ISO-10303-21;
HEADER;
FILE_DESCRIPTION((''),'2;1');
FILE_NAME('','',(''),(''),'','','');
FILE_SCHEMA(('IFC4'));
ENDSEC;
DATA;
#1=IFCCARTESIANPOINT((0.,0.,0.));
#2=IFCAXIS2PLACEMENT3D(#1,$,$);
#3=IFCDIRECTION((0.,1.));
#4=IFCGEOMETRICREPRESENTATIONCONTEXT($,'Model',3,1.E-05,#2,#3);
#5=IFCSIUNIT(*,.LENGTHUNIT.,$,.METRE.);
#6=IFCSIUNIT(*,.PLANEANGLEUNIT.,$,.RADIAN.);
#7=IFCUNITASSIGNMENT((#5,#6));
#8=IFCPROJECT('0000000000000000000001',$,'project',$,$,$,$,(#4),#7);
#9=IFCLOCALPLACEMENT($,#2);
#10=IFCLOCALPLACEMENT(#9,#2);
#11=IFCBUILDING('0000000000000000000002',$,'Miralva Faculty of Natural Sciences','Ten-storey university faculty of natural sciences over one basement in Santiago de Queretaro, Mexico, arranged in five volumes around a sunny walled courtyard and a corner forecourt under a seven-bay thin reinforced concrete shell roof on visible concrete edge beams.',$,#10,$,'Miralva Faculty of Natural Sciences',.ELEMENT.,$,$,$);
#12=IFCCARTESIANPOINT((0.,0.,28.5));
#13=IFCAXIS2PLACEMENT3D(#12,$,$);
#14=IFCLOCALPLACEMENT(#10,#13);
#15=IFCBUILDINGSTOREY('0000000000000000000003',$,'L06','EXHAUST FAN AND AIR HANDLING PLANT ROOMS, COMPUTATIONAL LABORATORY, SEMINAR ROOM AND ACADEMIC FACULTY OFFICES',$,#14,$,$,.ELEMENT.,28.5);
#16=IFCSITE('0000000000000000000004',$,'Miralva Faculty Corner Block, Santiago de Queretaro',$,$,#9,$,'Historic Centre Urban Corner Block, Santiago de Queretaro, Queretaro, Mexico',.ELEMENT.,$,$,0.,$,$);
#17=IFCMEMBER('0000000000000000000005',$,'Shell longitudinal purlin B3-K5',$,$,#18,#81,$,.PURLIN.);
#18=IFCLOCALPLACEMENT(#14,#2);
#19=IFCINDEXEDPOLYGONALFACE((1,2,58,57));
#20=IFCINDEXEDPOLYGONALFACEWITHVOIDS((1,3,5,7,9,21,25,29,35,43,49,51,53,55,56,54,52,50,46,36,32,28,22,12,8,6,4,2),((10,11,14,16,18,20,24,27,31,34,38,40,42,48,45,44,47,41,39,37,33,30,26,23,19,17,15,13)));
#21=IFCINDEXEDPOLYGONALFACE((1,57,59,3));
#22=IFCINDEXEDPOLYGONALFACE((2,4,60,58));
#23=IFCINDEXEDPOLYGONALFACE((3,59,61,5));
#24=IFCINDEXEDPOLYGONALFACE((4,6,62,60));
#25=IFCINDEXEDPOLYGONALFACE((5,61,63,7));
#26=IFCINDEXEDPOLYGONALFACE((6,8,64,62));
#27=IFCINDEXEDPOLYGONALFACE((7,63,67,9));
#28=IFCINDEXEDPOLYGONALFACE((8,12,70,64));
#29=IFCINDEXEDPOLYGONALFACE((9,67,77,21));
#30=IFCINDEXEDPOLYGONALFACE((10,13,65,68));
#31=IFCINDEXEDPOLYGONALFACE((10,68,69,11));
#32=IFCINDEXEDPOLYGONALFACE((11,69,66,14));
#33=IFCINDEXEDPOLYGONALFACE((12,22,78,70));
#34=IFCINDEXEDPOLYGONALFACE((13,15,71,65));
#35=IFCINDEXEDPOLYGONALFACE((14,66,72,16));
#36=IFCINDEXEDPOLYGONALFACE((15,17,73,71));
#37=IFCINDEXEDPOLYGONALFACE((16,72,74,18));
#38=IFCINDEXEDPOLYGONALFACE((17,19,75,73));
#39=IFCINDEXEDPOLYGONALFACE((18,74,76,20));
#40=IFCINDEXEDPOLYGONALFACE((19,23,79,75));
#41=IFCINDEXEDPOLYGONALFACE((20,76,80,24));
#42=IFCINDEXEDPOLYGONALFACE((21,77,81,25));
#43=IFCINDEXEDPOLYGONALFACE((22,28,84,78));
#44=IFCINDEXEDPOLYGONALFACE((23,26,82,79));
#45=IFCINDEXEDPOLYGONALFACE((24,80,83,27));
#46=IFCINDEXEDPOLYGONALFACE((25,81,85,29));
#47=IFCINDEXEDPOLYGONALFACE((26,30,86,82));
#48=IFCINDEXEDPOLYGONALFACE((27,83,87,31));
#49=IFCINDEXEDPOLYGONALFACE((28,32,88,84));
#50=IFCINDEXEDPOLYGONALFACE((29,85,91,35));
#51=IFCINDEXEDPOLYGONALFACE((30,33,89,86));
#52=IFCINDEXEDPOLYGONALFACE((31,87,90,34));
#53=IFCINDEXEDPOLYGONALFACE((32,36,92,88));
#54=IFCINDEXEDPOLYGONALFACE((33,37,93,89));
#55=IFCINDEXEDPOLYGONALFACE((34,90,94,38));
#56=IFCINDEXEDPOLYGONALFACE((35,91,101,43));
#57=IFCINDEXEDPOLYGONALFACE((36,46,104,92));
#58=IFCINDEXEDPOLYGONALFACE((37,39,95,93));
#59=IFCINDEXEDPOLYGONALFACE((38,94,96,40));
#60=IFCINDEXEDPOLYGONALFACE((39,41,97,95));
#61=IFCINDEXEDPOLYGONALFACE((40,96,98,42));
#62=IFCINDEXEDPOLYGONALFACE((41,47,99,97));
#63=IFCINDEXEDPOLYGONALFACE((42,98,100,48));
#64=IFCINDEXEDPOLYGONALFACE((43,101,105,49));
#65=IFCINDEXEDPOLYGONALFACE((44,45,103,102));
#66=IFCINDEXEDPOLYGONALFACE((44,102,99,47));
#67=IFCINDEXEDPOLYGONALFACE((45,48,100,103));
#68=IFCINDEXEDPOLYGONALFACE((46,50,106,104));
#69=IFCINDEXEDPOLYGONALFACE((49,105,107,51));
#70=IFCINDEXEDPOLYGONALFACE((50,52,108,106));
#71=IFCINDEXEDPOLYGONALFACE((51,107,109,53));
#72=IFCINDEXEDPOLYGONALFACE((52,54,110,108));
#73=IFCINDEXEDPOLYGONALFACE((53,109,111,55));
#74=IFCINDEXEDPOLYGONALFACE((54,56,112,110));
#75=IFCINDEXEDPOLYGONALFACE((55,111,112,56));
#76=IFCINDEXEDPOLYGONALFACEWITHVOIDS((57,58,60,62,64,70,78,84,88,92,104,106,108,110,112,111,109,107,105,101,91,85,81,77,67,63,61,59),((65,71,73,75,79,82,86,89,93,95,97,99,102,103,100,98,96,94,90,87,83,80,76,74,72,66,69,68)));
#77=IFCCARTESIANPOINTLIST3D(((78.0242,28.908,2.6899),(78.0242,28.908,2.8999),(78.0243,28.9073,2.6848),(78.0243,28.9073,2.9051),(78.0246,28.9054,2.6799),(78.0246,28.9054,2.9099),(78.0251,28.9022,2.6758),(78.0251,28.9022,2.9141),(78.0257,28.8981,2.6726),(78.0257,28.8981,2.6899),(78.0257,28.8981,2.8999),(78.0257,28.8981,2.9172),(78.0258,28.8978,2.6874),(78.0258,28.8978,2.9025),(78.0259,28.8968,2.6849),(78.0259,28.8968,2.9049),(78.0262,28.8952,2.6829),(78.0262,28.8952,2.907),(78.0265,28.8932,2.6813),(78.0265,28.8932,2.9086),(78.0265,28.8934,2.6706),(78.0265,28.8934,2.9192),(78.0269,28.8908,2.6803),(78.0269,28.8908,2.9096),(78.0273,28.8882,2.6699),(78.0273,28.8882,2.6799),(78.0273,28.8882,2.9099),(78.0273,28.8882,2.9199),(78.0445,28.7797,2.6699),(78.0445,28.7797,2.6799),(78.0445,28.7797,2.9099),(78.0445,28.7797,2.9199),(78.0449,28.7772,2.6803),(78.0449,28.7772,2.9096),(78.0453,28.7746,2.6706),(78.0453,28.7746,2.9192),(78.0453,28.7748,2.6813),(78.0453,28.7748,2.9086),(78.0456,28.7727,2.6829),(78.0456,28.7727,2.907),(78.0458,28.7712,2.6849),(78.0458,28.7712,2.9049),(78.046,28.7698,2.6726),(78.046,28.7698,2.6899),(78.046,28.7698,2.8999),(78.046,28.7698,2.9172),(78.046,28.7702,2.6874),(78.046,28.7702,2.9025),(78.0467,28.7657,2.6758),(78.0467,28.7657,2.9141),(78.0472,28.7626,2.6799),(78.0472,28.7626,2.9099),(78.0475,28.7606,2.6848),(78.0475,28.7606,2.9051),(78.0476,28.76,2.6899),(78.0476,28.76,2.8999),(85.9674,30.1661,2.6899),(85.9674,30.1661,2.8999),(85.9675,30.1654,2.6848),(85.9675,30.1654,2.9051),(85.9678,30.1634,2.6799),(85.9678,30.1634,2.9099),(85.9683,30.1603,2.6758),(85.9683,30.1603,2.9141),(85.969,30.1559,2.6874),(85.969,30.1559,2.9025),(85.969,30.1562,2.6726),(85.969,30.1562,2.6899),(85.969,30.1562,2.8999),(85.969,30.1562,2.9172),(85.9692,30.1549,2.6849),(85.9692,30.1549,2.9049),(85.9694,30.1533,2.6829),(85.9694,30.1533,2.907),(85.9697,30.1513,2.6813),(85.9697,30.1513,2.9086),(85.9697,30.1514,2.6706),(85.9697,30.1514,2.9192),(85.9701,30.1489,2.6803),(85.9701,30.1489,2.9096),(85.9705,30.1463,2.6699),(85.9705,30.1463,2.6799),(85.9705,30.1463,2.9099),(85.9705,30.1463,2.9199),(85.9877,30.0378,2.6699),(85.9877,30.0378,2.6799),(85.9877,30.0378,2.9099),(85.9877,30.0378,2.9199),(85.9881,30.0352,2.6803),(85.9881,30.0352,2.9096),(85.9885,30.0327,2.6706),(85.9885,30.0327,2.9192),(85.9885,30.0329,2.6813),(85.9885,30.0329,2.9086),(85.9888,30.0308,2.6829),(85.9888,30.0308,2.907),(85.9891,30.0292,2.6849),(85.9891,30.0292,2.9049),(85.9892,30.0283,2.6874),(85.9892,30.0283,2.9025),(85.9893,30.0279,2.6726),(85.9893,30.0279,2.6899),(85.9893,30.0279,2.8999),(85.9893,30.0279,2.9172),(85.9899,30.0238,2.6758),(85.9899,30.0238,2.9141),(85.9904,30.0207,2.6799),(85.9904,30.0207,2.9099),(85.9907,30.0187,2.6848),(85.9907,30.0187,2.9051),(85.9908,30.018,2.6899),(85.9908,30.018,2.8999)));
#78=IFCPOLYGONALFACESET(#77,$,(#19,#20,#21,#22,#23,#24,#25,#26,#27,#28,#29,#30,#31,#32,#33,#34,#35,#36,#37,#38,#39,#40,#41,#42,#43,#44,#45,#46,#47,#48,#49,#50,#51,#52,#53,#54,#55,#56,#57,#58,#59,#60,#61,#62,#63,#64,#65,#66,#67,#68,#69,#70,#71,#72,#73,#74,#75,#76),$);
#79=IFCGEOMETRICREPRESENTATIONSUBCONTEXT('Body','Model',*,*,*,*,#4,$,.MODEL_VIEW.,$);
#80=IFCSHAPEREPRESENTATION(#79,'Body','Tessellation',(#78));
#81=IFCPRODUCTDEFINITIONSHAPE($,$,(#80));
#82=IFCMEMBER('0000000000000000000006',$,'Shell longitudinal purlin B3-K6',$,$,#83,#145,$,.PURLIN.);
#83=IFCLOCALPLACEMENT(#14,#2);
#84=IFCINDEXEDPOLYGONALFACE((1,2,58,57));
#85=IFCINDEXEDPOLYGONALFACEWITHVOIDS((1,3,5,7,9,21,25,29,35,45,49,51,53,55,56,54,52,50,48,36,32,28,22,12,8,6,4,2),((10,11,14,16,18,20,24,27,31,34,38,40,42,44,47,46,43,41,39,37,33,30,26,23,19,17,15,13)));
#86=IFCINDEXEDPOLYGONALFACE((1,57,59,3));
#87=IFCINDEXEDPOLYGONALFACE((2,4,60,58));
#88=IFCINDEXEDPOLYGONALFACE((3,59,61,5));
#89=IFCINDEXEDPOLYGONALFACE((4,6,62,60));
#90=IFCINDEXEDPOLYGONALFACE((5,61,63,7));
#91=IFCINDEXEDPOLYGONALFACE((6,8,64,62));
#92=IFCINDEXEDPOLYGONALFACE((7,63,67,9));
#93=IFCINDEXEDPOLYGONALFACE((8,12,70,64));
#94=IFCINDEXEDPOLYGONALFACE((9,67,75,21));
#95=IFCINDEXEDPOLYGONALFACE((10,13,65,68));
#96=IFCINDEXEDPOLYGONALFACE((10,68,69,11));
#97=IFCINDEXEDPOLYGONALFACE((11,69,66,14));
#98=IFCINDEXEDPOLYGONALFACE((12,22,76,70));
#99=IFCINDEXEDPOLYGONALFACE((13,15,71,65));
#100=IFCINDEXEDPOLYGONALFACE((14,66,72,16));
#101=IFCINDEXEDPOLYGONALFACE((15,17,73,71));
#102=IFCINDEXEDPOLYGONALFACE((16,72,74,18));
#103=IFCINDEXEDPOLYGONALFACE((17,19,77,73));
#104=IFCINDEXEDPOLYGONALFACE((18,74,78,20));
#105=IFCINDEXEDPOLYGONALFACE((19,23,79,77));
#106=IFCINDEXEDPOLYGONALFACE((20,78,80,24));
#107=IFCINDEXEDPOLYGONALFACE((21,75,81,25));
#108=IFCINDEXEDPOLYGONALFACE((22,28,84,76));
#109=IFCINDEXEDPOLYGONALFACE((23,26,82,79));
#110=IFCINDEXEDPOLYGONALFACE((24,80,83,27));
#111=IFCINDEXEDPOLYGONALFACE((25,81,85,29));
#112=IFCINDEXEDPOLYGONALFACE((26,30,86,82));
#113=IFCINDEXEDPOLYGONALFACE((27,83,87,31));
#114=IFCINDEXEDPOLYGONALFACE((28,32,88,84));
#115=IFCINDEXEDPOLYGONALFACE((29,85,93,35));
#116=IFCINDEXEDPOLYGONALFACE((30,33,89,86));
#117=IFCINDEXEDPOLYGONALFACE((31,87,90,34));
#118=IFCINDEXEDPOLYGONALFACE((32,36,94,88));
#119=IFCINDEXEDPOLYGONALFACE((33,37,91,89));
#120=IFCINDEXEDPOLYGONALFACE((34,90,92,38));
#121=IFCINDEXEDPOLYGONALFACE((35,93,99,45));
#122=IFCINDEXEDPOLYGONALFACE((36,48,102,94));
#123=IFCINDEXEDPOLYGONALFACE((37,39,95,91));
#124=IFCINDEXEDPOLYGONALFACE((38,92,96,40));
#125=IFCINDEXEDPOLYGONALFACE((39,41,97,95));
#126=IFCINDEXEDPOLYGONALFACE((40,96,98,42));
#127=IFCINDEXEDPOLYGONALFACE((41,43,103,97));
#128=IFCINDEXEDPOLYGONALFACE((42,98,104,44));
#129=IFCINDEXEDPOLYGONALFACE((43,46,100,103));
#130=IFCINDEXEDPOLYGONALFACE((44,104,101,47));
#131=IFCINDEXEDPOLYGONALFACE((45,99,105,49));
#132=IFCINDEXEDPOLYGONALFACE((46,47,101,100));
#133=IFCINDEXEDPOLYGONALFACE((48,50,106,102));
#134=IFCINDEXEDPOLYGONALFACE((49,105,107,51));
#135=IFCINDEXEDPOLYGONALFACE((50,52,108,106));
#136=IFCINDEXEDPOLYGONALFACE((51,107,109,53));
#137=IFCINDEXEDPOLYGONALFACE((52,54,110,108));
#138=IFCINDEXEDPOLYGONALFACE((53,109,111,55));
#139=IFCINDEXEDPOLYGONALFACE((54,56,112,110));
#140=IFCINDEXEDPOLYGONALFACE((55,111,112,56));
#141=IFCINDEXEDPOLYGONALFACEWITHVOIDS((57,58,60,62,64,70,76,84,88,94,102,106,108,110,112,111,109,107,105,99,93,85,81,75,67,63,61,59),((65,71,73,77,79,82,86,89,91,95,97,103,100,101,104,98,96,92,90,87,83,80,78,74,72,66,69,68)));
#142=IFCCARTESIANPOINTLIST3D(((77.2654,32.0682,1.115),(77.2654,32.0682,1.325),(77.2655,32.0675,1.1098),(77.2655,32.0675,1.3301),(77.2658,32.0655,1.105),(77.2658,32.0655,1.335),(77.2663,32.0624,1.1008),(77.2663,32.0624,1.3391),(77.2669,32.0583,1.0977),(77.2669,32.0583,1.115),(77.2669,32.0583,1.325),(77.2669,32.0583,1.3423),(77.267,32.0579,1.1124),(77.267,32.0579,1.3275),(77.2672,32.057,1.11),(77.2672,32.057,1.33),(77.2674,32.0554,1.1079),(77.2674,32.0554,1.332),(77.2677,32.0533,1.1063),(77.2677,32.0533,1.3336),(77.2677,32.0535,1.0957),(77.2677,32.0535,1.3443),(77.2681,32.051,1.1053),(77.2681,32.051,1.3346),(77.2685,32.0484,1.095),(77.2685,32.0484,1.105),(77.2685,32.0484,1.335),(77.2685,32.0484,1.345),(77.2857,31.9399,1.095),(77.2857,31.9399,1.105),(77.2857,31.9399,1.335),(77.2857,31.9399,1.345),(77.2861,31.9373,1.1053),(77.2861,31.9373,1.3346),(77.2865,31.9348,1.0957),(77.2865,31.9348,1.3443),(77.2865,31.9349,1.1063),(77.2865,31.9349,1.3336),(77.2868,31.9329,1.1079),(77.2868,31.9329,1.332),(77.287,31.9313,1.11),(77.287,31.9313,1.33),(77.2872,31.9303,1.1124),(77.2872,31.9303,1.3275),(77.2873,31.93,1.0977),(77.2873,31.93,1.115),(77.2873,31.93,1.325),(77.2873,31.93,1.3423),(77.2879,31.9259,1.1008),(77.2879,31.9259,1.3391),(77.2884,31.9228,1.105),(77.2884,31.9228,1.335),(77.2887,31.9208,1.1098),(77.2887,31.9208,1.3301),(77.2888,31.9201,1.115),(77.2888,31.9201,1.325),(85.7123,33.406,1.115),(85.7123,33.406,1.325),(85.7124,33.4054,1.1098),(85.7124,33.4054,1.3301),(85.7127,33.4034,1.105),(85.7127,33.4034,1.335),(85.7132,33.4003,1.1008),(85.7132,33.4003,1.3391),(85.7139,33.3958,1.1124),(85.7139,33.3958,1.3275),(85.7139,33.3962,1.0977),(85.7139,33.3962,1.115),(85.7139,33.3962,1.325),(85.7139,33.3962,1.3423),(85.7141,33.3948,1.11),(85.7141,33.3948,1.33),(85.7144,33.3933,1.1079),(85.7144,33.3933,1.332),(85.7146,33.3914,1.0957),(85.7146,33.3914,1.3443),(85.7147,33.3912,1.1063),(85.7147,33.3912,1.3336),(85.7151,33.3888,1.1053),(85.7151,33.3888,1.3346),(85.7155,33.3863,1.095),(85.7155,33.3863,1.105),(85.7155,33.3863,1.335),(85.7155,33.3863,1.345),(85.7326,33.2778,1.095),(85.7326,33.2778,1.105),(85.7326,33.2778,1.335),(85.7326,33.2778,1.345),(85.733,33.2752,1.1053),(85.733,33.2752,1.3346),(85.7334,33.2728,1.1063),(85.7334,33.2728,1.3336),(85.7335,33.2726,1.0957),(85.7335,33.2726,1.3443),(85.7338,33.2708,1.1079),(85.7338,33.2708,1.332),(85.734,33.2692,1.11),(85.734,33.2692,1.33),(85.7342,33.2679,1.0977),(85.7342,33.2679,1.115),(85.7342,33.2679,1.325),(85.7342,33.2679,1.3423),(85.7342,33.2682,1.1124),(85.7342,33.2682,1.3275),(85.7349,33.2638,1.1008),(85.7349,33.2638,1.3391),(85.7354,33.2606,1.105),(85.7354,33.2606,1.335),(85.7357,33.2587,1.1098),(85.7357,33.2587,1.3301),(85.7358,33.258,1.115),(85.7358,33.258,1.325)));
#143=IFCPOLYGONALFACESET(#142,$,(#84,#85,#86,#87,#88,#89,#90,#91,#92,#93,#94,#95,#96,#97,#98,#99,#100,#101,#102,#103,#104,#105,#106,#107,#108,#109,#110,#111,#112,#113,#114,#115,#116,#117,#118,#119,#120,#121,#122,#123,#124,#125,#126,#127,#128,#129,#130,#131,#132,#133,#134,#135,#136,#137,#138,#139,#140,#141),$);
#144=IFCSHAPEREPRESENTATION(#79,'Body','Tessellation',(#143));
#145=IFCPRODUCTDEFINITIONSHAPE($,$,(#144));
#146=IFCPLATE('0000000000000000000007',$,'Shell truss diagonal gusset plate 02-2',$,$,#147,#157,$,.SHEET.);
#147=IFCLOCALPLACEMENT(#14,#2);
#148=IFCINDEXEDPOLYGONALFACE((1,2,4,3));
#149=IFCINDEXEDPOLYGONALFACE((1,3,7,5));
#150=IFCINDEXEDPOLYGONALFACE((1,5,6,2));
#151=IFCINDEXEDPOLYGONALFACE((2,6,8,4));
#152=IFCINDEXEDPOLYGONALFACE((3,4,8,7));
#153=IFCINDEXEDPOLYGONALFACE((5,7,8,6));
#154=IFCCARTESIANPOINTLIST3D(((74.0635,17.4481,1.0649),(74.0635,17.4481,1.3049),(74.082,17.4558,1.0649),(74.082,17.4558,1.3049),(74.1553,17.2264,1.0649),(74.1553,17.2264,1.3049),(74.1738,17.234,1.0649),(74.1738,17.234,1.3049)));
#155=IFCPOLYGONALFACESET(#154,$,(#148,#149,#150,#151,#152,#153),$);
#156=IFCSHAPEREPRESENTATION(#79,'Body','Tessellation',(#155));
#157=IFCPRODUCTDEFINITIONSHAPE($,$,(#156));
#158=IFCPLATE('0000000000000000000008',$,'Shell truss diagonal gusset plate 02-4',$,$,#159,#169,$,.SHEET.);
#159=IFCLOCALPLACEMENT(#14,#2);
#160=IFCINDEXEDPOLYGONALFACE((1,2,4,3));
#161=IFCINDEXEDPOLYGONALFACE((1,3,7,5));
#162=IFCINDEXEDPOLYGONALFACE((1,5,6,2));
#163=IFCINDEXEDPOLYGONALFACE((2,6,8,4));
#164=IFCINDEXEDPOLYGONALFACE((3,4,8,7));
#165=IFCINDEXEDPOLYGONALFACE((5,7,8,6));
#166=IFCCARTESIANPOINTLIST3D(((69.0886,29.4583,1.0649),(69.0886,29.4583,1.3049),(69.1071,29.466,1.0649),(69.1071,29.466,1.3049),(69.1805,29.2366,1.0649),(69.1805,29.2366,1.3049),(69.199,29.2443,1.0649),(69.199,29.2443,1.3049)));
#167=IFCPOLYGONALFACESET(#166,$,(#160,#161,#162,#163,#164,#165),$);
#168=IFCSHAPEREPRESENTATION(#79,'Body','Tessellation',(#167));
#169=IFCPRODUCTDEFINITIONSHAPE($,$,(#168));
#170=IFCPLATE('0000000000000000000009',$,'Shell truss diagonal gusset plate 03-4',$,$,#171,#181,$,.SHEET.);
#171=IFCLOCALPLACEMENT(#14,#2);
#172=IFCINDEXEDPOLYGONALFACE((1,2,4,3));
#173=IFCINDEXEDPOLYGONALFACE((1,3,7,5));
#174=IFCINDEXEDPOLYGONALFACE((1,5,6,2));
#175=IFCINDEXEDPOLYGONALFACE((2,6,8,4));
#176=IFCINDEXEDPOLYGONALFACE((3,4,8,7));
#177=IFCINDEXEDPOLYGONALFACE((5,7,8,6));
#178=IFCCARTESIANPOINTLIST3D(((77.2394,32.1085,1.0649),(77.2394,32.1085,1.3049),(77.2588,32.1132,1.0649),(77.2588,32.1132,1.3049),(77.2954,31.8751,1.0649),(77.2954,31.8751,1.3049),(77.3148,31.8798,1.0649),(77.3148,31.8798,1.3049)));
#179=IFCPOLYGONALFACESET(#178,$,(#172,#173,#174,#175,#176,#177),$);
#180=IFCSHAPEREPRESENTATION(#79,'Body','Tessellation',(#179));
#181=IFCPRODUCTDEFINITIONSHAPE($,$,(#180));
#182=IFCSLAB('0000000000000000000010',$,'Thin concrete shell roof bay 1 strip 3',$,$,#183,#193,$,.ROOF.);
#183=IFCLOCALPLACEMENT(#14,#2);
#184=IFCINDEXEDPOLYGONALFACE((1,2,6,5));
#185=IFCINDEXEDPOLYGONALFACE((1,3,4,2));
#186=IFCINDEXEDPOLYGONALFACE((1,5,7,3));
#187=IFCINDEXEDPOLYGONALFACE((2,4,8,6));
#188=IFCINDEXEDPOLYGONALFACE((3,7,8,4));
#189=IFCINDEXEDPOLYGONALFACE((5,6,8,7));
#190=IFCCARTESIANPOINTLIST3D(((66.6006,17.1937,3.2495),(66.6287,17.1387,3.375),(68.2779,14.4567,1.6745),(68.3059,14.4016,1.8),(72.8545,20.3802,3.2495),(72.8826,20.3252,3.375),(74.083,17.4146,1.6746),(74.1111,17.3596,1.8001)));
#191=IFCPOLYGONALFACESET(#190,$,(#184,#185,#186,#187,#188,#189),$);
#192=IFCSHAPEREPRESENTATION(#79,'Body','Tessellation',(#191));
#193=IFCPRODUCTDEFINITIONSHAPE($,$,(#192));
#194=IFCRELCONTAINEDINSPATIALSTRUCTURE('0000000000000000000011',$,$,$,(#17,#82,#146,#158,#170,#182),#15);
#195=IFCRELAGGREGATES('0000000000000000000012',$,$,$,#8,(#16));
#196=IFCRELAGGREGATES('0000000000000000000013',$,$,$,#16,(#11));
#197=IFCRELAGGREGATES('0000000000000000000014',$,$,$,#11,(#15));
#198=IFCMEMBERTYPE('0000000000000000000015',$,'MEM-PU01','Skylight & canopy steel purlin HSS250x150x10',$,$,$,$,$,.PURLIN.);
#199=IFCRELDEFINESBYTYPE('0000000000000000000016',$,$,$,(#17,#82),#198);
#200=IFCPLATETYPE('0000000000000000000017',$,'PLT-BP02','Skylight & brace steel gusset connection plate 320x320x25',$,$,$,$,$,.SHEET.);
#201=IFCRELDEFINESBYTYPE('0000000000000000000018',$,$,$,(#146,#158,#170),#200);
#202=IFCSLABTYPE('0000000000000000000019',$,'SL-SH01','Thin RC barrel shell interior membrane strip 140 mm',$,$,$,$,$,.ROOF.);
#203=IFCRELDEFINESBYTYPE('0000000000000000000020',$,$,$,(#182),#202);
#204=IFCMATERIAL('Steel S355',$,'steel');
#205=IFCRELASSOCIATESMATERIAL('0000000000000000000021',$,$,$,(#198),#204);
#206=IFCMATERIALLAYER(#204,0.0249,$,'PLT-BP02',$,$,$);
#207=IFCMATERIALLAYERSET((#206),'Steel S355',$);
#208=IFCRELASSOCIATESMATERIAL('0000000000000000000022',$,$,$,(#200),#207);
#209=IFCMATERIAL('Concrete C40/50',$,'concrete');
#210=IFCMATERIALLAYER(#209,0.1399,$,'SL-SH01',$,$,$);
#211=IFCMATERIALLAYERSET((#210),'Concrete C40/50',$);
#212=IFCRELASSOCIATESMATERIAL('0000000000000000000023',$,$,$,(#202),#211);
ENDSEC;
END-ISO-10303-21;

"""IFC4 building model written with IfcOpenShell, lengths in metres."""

from ifc_helpers import new_model, si_unit, direction, frame, origin, origin_2d, place, context, subcontext, project, spatial, polyline, rectangle, hollow_rectangle, outline, extrude, material, layer, layer_set, material_profile, profile_set, type_object, element, save


model = new_model("IFC4")

# Units and contexts
model_context = context("Model", 3, precision=1e-05, world=origin(), true_north=direction((0.0, 1.0)))
body_context = subcontext(model_context, "Body", "Model", "MODEL_VIEW")
ifc_project = project(units=[si_unit("LENGTHUNIT", "METRE"), si_unit("PLANEANGLEUNIT", "RADIAN")], contexts=[model_context])

# Site, building, storey
site_placement = place(None, origin())
site = spatial("IfcSite", under=ifc_project, at=site_placement, Name="Miralva Faculty Corner Block, Santiago de Queretaro", LongName="Historic Centre Urban Corner Block, Santiago de Queretaro, Queretaro, Mexico", CompositionType="ELEMENT", RefElevation=0.0)
building_placement = place(site_placement, origin())
building = spatial("IfcBuilding", under=site, at=building_placement, Name="Miralva Faculty of Natural Sciences", Description="Ten-storey university faculty of natural sciences over one basement in Santiago de Queretaro, Mexico, arranged in five volumes around a sunny walled courtyard and a corner forecourt under a seven-bay thin reinforced concrete shell roof on visible concrete edge beams.", LongName="Miralva Faculty of Natural Sciences", CompositionType="ELEMENT")
storey_placement = place(building_placement, frame((0.0, 0.0, 28.5)))
storey = spatial("IfcBuildingStorey", under=building, at=storey_placement, Name="L06", Description="EXHAUST FAN AND AIR HANDLING PLANT ROOMS, COMPUTATIONAL LABORATORY, SEMINAR ROOM AND ACADEMIC FACULTY OFFICES", CompositionType="ELEMENT", Elevation=28.5)

# Shared definitions
ifc_material_1 = material(Name="Concrete C40/50", Category="concrete")

# Members
ifc_material_2 = material(Name="Steel S355", Category="steel")
ifc_material_profile_1 = material_profile(ifc_material_2, hollow_rectangle(XDim=0.1499, YDim=0.25, WallThickness=0.01, InnerFilletRadius=0.01, OuterFilletRadius=0.02, at=origin_2d()), Name="HSS 250x150x10")
ifc_profile_set_1 = profile_set([ifc_material_profile_1], Name="Steel S355")
member_type = type_object("IfcMemberType", Name="MEM-PU01", Description="Skylight & canopy steel purlin HSS250x150x10", PredefinedType="PURLIN", material=ifc_profile_set_1)
member_1_placement = place(storey_placement, frame((78.0359, 28.834, 2.7949), z_axis=(0.987689, 0.156433, 0.0), x_axis=(-0.156433, 0.987689, 0.0)))
element("IfcMember", 1, at=member_1_placement, inside=storey, type_object=member_type, Name="Shell longitudinal purlin B3-K5", PredefinedType="PURLIN", context=body_context, shape_type="SweptSolid", body=[
    extrude(hollow_rectangle(XDim=0.1499, YDim=0.25, WallThickness=0.01, InnerFilletRadius=0.01, OuterFilletRadius=0.02, at=origin_2d()), origin(), (0.0, 0.0, 1.0), 8.0422),
])
member_2_placement = place(storey_placement, frame((77.2771, 31.9941, 1.22), z_axis=(0.987688, 0.156436, 0.0), x_axis=(-0.156436, 0.987688, 0.0)))
element("IfcMember", 2, at=member_2_placement, inside=storey, type_object=member_type, Name="Shell longitudinal purlin B3-K6", PredefinedType="PURLIN", context=body_context, shape_type="SweptSolid", body=[
    extrude(hollow_rectangle(XDim=0.1499, YDim=0.25, WallThickness=0.01, InnerFilletRadius=0.01, OuterFilletRadius=0.02, at=origin_2d()), origin(), (0.0, 0.0, 1.0), 8.5522),
])

# Plates
ifc_layer_1 = layer(ifc_material_2, 0.0249, Name="PLT-BP02")
ifc_layer_set_1 = layer_set([ifc_layer_1], Name="Steel S355")
plate_type = type_object("IfcPlateType", Name="PLT-BP02", Description="Skylight & brace steel gusset connection plate 320x320x25", PredefinedType="SHEET", material=ifc_layer_set_1)
for number, where, z_axis, x_axis, name in (
    (3, (74.1187, 17.3411, 1.0649), (0.0, 0.0, 1.0), (-0.382683, 0.92388, 0.0), "Shell truss diagonal gusset plate 02-2"),
    (4, (69.1438, 29.3513, 1.0649), (0.0, 0.0, 1.0), (-0.382683, 0.92388, 0.0), "Shell truss diagonal gusset plate 02-4"),
    (5, (77.2771, 31.9941, 1.0649), (0.0, 0.0, 1.0), (-0.233445, 0.97237, 0.0), "Shell truss diagonal gusset plate 03-4"),
):
    element("IfcPlate", number, at=place(storey_placement, frame(where, z_axis=z_axis, x_axis=x_axis)), inside=storey, type_object=plate_type, Name=name, PredefinedType="SHEET", context=body_context, shape_type="SweptSolid", body=[
        extrude(rectangle(XDim=0.24, YDim=0.02, at=origin_2d()), origin(), (0.0, 0.0, 1.0), 0.24),
    ])

# Slab
ifc_layer_2 = layer(ifc_material_1, 0.1399, Name="SL-SH01")
ifc_layer_set_2 = layer_set([ifc_layer_2], Name="Concrete C40/50")
slab_type = type_object("IfcSlabType", Name="SL-SH01", Description="Thin RC barrel shell interior membrane strip 140 mm", PredefinedType="ROOF", material=ifc_layer_set_2)
slab_1_placement = place(storey_placement, frame((68.3059, 14.4016, 1.8), z_axis=(0.200472, -0.393441, 0.897226), x_axis=(0.891, 0.454004, 0.000003)))
element("IfcSlab", 6, at=slab_1_placement, inside=storey, type_object=slab_type, Name="Thin concrete shell roof bay 1 strip 3", PredefinedType="ROOF", context=body_context, shape_type="SweptSolid", body=[
    extrude(outline(polyline([(0.0, 0.0), (6.5154, 0.0), (6.7671, 3.5666), (-0.2518, 3.5668), (0.0, 0.0)])), origin(), (0.0, 0.0, -1.0), 0.1399),
])

save(model, "model.ifc")
